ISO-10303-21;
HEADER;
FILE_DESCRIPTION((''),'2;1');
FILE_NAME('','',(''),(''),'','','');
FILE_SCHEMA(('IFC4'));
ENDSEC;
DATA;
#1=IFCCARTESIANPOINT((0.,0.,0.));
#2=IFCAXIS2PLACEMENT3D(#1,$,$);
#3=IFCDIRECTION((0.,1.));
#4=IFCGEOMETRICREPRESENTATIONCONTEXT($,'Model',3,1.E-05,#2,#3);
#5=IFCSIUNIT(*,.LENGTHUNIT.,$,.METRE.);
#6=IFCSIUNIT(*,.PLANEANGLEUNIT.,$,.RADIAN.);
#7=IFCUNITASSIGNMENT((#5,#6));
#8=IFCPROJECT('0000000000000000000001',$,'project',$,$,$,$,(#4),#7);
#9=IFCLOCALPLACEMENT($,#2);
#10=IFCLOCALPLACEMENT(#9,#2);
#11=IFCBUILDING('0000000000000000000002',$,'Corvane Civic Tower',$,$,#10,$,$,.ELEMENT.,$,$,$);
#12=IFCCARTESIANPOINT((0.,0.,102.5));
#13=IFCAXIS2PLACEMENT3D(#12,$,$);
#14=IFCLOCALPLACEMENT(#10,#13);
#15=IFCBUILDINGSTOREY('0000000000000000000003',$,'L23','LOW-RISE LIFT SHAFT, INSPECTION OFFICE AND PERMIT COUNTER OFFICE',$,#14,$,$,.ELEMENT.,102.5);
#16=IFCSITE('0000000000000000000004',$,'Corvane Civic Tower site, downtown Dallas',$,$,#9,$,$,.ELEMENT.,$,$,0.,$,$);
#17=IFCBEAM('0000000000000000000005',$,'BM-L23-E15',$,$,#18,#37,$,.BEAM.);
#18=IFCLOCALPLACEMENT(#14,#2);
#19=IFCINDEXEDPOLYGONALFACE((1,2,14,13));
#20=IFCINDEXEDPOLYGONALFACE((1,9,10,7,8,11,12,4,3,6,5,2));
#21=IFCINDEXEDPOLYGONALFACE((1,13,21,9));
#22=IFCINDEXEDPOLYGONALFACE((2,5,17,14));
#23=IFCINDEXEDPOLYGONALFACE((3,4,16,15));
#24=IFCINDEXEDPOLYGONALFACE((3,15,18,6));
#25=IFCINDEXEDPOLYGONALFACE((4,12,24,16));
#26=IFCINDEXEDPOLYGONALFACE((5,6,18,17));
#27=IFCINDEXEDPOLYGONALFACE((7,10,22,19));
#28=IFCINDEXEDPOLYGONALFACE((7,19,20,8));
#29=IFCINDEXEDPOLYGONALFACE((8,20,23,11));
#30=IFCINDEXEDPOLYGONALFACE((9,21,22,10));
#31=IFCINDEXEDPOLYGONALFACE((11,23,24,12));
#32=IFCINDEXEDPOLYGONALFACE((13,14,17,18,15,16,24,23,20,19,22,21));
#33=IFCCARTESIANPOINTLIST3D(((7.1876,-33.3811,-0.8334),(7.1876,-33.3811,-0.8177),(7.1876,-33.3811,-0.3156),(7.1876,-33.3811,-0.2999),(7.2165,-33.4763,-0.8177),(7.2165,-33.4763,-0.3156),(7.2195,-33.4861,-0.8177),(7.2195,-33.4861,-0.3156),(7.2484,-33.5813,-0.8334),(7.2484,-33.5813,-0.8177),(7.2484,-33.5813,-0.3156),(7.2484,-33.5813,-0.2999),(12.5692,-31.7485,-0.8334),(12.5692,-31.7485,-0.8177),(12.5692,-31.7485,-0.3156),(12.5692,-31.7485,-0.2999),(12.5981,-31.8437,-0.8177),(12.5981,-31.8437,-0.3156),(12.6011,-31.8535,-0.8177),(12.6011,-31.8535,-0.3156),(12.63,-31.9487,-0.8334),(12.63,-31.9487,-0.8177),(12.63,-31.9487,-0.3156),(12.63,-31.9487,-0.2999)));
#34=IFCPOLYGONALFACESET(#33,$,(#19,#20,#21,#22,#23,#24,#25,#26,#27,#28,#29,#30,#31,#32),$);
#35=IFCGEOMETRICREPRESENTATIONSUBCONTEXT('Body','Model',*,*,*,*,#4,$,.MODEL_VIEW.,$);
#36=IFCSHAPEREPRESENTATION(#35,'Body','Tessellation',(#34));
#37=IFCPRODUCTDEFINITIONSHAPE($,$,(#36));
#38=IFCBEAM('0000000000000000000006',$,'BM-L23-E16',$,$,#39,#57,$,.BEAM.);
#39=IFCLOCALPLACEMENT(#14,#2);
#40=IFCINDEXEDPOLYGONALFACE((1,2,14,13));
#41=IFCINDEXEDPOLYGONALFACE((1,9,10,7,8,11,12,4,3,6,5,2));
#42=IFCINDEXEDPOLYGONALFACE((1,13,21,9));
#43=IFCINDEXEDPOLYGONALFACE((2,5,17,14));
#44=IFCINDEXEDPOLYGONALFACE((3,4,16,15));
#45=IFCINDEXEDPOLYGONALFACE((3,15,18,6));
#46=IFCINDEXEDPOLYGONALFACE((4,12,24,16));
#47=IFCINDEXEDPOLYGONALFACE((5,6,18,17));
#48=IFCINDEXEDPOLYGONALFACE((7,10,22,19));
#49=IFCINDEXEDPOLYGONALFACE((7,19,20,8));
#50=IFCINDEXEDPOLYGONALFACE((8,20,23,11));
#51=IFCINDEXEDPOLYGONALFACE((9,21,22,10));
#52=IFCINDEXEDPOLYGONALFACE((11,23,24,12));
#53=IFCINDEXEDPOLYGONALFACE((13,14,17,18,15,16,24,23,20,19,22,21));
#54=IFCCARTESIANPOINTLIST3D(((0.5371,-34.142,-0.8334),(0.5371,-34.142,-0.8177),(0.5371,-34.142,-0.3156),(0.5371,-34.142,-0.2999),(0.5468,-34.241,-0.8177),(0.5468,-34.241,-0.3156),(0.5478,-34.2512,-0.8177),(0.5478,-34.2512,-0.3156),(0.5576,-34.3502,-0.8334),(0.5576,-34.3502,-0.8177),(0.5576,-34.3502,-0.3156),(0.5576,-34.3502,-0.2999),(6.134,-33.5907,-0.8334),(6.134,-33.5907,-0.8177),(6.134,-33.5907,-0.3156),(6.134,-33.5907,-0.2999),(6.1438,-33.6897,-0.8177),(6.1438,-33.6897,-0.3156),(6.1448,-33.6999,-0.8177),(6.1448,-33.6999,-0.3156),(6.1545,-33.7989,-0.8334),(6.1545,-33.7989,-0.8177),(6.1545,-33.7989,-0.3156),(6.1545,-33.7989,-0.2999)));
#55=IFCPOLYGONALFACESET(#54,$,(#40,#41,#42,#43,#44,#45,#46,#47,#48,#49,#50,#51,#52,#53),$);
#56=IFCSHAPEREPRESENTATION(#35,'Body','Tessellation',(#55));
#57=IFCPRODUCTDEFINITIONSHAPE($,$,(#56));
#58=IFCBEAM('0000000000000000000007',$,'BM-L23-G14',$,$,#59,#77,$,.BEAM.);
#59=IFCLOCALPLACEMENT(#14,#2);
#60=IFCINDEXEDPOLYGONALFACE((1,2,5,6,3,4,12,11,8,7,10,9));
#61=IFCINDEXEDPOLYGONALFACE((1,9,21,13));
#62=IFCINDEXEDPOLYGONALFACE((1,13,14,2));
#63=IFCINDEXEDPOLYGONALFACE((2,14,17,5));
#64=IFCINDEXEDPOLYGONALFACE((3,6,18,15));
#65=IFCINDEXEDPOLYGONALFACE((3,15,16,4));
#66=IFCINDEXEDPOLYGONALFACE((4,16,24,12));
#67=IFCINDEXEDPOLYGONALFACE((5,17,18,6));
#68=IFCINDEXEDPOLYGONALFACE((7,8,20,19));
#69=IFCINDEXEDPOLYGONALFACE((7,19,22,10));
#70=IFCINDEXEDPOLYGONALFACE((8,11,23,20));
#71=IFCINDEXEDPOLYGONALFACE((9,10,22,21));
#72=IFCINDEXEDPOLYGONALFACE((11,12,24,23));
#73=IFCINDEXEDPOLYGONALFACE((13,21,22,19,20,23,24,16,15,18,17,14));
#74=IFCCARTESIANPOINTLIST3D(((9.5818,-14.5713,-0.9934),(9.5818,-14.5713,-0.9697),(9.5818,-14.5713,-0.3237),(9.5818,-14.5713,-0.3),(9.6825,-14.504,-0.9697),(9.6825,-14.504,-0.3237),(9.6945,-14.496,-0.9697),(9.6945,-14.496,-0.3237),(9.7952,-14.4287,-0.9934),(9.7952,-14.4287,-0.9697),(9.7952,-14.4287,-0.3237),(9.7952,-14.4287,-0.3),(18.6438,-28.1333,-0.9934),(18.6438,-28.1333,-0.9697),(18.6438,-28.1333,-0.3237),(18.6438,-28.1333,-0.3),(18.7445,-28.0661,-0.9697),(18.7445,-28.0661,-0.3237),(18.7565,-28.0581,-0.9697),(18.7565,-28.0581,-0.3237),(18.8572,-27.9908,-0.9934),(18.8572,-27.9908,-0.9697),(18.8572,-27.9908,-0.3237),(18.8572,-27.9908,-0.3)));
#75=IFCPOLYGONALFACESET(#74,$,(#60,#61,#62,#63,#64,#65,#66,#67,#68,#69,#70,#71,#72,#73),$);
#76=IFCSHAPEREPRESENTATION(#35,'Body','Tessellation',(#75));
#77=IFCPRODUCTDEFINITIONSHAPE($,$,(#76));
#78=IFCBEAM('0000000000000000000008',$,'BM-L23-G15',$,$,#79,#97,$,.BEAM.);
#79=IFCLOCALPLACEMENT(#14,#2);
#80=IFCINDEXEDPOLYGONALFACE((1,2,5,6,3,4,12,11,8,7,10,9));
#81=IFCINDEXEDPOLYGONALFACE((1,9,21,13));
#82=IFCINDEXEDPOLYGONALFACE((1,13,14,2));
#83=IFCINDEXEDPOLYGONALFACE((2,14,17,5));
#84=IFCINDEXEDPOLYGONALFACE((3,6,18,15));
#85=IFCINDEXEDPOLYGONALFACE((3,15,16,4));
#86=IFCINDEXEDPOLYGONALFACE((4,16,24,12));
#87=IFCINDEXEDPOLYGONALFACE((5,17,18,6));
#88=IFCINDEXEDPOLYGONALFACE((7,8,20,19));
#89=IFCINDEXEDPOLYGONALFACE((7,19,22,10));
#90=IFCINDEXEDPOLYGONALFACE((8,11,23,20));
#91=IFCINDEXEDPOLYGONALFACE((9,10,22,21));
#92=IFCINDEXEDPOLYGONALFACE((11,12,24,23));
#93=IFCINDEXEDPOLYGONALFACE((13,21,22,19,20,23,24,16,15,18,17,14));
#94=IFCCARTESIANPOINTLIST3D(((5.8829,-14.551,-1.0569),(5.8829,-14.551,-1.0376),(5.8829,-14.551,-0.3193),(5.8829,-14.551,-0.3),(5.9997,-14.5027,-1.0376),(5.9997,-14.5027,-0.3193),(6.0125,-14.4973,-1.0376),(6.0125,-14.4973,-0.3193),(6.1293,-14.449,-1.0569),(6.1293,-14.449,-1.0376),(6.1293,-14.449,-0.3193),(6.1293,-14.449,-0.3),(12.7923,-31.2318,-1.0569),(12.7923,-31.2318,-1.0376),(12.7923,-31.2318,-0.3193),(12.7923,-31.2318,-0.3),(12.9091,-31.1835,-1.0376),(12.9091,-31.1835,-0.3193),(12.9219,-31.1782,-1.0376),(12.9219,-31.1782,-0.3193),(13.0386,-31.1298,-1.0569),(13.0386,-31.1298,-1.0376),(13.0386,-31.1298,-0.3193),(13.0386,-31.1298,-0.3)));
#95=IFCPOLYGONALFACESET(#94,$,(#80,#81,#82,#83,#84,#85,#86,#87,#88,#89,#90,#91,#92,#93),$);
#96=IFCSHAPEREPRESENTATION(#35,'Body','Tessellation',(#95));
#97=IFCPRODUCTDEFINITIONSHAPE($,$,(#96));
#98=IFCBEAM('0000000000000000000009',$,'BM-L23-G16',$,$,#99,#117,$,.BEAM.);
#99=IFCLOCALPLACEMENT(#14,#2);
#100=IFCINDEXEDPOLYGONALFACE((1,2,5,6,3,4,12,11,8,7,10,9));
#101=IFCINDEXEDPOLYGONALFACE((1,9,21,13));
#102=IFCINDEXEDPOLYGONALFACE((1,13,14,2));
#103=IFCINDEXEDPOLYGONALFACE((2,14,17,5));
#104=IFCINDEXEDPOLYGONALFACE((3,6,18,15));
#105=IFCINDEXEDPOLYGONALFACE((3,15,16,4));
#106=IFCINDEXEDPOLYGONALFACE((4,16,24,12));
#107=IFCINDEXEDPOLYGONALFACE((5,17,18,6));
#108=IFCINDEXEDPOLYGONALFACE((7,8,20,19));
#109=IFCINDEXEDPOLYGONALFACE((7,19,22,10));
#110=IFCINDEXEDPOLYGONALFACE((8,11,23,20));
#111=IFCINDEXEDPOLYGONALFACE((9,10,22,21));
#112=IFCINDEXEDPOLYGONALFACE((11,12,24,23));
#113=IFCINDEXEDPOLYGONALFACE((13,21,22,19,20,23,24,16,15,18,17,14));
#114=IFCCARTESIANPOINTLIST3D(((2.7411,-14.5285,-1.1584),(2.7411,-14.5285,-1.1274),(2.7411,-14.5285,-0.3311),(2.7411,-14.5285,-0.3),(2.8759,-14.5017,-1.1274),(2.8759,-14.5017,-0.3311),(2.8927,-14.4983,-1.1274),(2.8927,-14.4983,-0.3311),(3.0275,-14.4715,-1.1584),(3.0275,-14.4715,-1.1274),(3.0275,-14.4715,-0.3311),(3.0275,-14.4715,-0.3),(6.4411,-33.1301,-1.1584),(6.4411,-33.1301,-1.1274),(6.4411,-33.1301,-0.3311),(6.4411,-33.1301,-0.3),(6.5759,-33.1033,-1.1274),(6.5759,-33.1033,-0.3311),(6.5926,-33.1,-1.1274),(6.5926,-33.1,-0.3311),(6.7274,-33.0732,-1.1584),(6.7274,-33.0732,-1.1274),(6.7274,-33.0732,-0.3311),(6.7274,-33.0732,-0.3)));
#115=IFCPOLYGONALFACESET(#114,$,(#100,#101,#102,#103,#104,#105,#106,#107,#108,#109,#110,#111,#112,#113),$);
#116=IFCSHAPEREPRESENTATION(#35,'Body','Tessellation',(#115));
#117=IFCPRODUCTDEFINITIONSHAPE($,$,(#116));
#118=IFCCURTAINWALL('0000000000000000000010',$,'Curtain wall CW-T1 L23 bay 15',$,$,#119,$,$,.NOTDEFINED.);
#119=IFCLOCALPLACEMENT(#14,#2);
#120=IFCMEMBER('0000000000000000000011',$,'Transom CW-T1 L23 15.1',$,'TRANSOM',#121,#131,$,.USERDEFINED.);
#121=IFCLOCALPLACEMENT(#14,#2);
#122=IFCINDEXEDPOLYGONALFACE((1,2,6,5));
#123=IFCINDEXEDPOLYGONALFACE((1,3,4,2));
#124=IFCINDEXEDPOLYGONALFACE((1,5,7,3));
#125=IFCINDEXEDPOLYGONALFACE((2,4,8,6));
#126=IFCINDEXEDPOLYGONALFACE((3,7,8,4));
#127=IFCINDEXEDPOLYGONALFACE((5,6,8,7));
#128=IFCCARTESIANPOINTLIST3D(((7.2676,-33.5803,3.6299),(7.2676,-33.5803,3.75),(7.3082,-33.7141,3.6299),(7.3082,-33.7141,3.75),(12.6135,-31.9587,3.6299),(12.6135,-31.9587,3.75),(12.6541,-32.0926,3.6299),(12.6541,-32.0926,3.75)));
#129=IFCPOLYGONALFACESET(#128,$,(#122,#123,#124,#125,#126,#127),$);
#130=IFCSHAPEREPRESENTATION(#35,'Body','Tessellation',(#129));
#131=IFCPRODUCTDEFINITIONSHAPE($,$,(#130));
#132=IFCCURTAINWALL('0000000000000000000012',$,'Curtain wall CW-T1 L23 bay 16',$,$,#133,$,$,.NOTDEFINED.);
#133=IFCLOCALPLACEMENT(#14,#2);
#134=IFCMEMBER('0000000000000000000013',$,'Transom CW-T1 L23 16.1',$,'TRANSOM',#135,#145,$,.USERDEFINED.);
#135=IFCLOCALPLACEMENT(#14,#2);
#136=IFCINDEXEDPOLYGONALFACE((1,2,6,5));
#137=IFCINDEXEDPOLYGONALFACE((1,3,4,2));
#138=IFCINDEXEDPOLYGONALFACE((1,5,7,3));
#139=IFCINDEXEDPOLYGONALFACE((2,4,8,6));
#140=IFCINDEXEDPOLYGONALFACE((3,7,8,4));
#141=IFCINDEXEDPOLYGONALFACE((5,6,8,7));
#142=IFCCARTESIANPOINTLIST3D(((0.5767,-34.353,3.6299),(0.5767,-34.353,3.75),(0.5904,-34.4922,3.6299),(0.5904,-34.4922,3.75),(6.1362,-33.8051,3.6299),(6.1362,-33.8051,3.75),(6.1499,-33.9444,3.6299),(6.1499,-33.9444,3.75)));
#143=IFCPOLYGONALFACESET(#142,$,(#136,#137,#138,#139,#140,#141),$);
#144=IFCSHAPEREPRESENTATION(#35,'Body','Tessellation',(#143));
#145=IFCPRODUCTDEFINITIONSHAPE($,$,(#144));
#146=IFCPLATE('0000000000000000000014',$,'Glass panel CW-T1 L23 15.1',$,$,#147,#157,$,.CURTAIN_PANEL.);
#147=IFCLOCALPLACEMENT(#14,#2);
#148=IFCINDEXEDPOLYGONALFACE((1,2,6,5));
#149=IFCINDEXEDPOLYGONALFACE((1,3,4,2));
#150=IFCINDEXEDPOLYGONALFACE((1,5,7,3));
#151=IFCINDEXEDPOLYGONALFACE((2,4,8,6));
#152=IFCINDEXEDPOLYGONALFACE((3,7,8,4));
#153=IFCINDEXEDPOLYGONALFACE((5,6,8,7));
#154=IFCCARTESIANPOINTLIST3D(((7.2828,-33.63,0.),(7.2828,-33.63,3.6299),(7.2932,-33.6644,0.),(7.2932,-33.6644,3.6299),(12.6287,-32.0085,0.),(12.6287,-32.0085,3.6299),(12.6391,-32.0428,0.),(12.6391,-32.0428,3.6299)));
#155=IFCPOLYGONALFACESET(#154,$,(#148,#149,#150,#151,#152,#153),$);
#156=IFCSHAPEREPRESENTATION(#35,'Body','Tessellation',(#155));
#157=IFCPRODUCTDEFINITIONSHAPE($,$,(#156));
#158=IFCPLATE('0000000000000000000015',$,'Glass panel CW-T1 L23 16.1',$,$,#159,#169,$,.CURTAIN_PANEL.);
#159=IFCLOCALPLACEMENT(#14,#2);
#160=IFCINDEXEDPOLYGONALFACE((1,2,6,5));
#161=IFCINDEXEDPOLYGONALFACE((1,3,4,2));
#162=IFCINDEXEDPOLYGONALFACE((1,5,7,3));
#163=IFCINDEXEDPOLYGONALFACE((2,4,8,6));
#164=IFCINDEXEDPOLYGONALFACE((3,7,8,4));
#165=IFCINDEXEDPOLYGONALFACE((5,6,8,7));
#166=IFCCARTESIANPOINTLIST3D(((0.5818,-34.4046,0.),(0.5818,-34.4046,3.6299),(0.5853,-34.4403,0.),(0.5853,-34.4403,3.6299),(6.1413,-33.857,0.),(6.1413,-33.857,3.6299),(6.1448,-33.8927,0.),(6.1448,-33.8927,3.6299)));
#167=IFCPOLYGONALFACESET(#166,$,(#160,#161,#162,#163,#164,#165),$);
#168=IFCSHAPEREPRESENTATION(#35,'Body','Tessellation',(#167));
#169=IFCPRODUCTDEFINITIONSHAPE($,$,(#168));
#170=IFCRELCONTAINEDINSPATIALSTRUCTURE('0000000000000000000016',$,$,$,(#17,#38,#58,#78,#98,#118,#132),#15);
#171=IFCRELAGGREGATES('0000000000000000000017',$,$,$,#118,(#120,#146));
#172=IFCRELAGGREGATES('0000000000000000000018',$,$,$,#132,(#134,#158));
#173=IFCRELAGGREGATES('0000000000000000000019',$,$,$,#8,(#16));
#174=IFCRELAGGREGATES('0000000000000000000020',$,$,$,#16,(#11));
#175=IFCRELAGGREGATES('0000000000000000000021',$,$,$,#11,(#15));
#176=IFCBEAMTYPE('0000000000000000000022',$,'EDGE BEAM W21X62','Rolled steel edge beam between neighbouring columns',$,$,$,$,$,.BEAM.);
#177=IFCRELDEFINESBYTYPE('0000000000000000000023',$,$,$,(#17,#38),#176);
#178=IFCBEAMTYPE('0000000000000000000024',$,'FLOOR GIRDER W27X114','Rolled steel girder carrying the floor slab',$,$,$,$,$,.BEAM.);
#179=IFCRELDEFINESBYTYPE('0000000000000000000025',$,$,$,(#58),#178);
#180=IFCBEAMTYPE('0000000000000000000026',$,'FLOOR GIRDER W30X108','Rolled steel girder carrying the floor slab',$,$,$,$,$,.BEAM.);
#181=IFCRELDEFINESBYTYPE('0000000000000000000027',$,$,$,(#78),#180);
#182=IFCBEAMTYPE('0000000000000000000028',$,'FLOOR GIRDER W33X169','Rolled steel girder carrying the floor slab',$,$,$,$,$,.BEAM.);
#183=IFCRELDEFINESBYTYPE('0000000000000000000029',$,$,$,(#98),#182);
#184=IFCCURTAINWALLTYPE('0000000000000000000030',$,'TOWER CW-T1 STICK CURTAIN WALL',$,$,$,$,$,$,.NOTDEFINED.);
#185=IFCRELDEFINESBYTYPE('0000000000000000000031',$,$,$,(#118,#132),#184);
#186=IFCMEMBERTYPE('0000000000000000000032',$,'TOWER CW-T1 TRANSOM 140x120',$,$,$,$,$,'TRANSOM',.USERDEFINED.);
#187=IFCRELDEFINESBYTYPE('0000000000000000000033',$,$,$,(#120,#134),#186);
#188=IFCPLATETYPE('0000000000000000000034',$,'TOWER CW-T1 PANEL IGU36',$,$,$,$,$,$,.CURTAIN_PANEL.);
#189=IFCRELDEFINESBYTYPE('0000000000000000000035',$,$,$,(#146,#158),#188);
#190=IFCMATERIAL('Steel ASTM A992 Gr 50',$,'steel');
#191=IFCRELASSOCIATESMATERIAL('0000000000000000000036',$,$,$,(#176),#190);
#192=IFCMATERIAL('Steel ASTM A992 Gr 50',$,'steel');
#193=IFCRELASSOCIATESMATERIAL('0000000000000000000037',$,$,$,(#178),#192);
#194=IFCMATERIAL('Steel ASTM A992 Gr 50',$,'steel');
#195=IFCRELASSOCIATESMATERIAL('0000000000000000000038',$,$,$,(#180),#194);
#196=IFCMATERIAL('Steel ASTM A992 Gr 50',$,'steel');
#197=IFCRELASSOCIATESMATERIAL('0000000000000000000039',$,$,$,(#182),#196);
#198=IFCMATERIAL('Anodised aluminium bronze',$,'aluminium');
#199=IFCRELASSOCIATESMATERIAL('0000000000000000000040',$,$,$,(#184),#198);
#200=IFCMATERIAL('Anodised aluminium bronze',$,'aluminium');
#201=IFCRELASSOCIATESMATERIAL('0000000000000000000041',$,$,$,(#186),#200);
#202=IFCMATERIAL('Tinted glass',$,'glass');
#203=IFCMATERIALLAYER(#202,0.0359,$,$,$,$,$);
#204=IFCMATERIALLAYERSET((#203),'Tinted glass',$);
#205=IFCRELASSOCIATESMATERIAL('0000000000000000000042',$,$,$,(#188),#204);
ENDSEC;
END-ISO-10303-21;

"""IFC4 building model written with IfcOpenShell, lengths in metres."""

from ifc_helpers import new_model, si_unit, direction, frame, origin, origin_2d, place, context, subcontext, project, spatial, rectangle, i_section, extrude, material, layer, layer_set, material_profile, profile_set, type_object, element, aggregate, save


model = new_model("IFC4")

# Units and contexts
model_context = context("Model", 3, precision=1e-05, world=origin(), true_north=direction((0.0, 1.0)))
body_context = subcontext(model_context, "Body", "Model", "MODEL_VIEW")
ifc_project = project(units=[si_unit("LENGTHUNIT", "METRE"), si_unit("PLANEANGLEUNIT", "RADIAN")], contexts=[model_context])

# Site, building, storey
site_placement = place(None, origin())
site = spatial("IfcSite", under=ifc_project, at=site_placement, Name="Corvane Civic Tower site, downtown Dallas", CompositionType="ELEMENT", RefElevation=0.0)
building_placement = place(site_placement, origin())
building = spatial("IfcBuilding", under=site, at=building_placement, Name="Corvane Civic Tower", CompositionType="ELEMENT")
storey_placement = place(building_placement, frame((0.0, 0.0, 102.5)))
storey = spatial("IfcBuildingStorey", under=building, at=storey_placement, Name="L23", Description="LOW-RISE LIFT SHAFT, INSPECTION OFFICE AND PERMIT COUNTER OFFICE", CompositionType="ELEMENT", Elevation=102.5)

# Beams
ifc_material_1 = material(Name="Steel ASTM A992 Gr 50", Category="steel")
ifc_material_profile_1 = material_profile(ifc_material_1, i_section(OverallWidth=0.2092, OverallDepth=0.5334, WebThickness=0.0103, FlangeThickness=0.0156, at=origin_2d()), Name="W21X62")
ifc_profile_set_1 = profile_set([ifc_material_profile_1], Name="Steel ASTM A992 Gr 50")
beam_type_1 = type_object("IfcBeamType", Name="EDGE BEAM W21X62", Description="Rolled steel edge beam between neighbouring columns", PredefinedType="BEAM", material=ifc_profile_set_1)
beam_1_placement = place(storey_placement, frame((12.5996, -31.8486, -0.5667), z_axis=(-0.956936, -0.290298, 0.0), x_axis=(0.290298, -0.956936, 0.0)))
element("IfcBeam", 1, at=beam_1_placement, inside=storey, type_object=beam_type_1, Name="BM-L23-E15", PredefinedType="BEAM", context=body_context, shape_type="SweptSolid", body=[
    extrude(i_section(OverallWidth=0.2092, OverallDepth=0.5334, WebThickness=0.0103, FlangeThickness=0.0156, at=origin_2d()), origin(), (0.0, 0.0, 1.0), 5.6238),
])
beam_2_placement = place(storey_placement, frame((6.1443, -33.6948, -0.5667), z_axis=(-0.995184, -0.098021, 0.0), x_axis=(0.098021, -0.995184, 0.0)))
element("IfcBeam", 2, at=beam_2_placement, inside=storey, type_object=beam_type_1, Name="BM-L23-E16", PredefinedType="BEAM", context=body_context, shape_type="SweptSolid", body=[
    extrude(i_section(OverallWidth=0.2092, OverallDepth=0.5334, WebThickness=0.0103, FlangeThickness=0.0156, at=origin_2d()), origin(), (0.0, 0.0, 1.0), 5.624),
])
ifc_material_2 = material(Name="Steel ASTM A992 Gr 50", Category="steel")
ifc_material_profile_2 = material_profile(ifc_material_2, i_section(OverallWidth=0.2566, OverallDepth=0.6934, WebThickness=0.0144, FlangeThickness=0.0237, at=origin_2d()), Name="W27X114")
ifc_profile_set_2 = profile_set([ifc_material_profile_2], Name="Steel ASTM A992 Gr 50")
beam_type_2 = type_object("IfcBeamType", Name="FLOOR GIRDER W27X114", Description="Rolled steel girder carrying the floor slab", PredefinedType="BEAM", material=ifc_profile_set_2)
beam_3_placement = place(storey_placement, frame((9.6885, -14.5, -0.6467), z_axis=(0.555577, -0.831465, 0.0), x_axis=(0.831465, 0.555577, 0.0)))
element("IfcBeam", 3, at=beam_3_placement, inside=storey, type_object=beam_type_2, Name="BM-L23-G14", PredefinedType="BEAM", context=body_context, shape_type="SweptSolid", body=[
    extrude(i_section(OverallWidth=0.2566, OverallDepth=0.6934, WebThickness=0.0144, FlangeThickness=0.0237, at=origin_2d()), origin(), (0.0, 0.0, 1.0), 16.311),
])
ifc_material_3 = material(Name="Steel ASTM A992 Gr 50", Category="steel")
ifc_material_profile_3 = material_profile(ifc_material_3, i_section(OverallWidth=0.2666, OverallDepth=0.7568, WebThickness=0.0139, FlangeThickness=0.0193, at=origin_2d()), Name="W30X108")
ifc_profile_set_3 = profile_set([ifc_material_profile_3], Name="Steel ASTM A992 Gr 50")
beam_type_3 = type_object("IfcBeamType", Name="FLOOR GIRDER W30X108", Description="Rolled steel girder carrying the floor slab", PredefinedType="BEAM", material=ifc_profile_set_3)
beam_4_placement = place(storey_placement, frame((6.0061, -14.5, -0.6785), z_axis=(0.382682, -0.92388, 0.0), x_axis=(0.92388, 0.382682, 0.0)))
element("IfcBeam", 4, at=beam_4_placement, inside=storey, type_object=beam_type_3, Name="BM-L23-G15", PredefinedType="BEAM", context=body_context, shape_type="SweptSolid", body=[
    extrude(i_section(OverallWidth=0.2666, OverallDepth=0.7568, WebThickness=0.0139, FlangeThickness=0.0193, at=origin_2d()), origin(), (0.0, 0.0, 1.0), 18.0552),
])
ifc_material_4 = material(Name="Steel ASTM A992 Gr 50", Category="steel")
ifc_material_profile_4 = material_profile(ifc_material_4, i_section(OverallWidth=0.292, OverallDepth=0.8584, WebThickness=0.0171, FlangeThickness=0.031, at=origin_2d()), Name="W33X169")
ifc_profile_set_4 = profile_set([ifc_material_profile_4], Name="Steel ASTM A992 Gr 50")
beam_type_4 = type_object("IfcBeamType", Name="FLOOR GIRDER W33X169", Description="Rolled steel girder carrying the floor slab", PredefinedType="BEAM", material=ifc_profile_set_4)
beam_5_placement = place(storey_placement, frame((2.8843, -14.5, -0.7292), z_axis=(0.195084, -0.980787, 0.0), x_axis=(0.980787, 0.195084, 0.0)))
element("IfcBeam", 5, at=beam_5_placement, inside=storey, type_object=beam_type_4, Name="BM-L23-G16", PredefinedType="BEAM", context=body_context, shape_type="SweptSolid", body=[
    extrude(i_section(OverallWidth=0.292, OverallDepth=0.8584, WebThickness=0.0171, FlangeThickness=0.031, at=origin_2d()), origin(), (0.0, 0.0, 1.0), 18.9661),
])

# Curtain walls, members
ifc_material_5 = material(Name="Anodised aluminium bronze", Category="aluminium")
curtain_wall_type = type_object("IfcCurtainWallType", Name="TOWER CW-T1 STICK CURTAIN WALL", PredefinedType="NOTDEFINED", material=ifc_material_5)
curtain_wall_1_placement = place(storey_placement, origin())
curtain_wall_1 = element("IfcCurtainWall", 6, at=curtain_wall_1_placement, inside=storey, type_object=curtain_wall_type, Name="Curtain wall CW-T1 L23 bay 15", PredefinedType="NOTDEFINED")
ifc_material_6 = material(Name="Anodised aluminium bronze", Category="aluminium")
ifc_material_profile_5 = material_profile(ifc_material_6, rectangle(XDim=0.1399, YDim=0.1201, at=origin_2d()), Name="TOWER CW-T1 TRANSOM 140x120")
ifc_profile_set_5 = profile_set([ifc_material_profile_5], Name="Anodised aluminium bronze")
member_type = type_object("IfcMemberType", Name="TOWER CW-T1 TRANSOM 140x120", ElementType="TRANSOM", PredefinedType="USERDEFINED", material=ifc_profile_set_5)
member_1_placement = place(storey_placement, frame((12.6338, -32.0256, 3.6899), z_axis=(-0.956945, -0.290269, 0.0), x_axis=(0.290269, -0.956945, 0.0)))
member_1 = element("IfcMember", 7, at=member_1_placement, type_object=member_type, Name="Transom CW-T1 L23 15.1", ObjectType="TRANSOM", PredefinedType="USERDEFINED", context=body_context, shape_type="SweptSolid", body=[
    extrude(rectangle(XDim=0.1399, YDim=0.1201, at=origin_2d()), origin(), (0.0, 0.0, 1.0), 5.5864),
])
curtain_wall_2_placement = place(storey_placement, origin())
curtain_wall_2 = element("IfcCurtainWall", 8, at=curtain_wall_2_placement, inside=storey, type_object=curtain_wall_type, Name="Curtain wall CW-T1 L23 bay 16", PredefinedType="NOTDEFINED")
member_2_placement = place(storey_placement, frame((6.1431, -33.8748, 3.6899), z_axis=(-0.99518, -0.098067, 0.0), x_axis=(0.098067, -0.99518, 0.0)))
member_2 = element("IfcMember", 9, at=member_2_placement, type_object=member_type, Name="Transom CW-T1 L23 16.1", ObjectType="TRANSOM", PredefinedType="USERDEFINED", context=body_context, shape_type="SweptSolid", body=[
    extrude(rectangle(XDim=0.1399, YDim=0.1201, at=origin_2d()), origin(), (0.0, 0.0, 1.0), 5.5864),
])

# Plates
ifc_material_7 = material(Name="Tinted glass", Category="glass")
ifc_layer_1 = layer(ifc_material_7, 0.0359)
ifc_layer_set_1 = layer_set([ifc_layer_1], Name="Tinted glass")
plate_type = type_object("IfcPlateType", Name="TOWER CW-T1 PANEL IGU36", PredefinedType="CURTAIN_PANEL", material=ifc_layer_set_1)
plate_1_placement = place(storey_placement, frame((9.9609, -32.8364, 0.0), z_axis=(0.0, 0.0, 1.0), x_axis=(-0.956946, -0.290266, 0.0)))
plate_1 = element("IfcPlate", 10, at=plate_1_placement, type_object=plate_type, Name="Glass panel CW-T1 L23 15.1", PredefinedType="CURTAIN_PANEL", context=body_context, shape_type="SweptSolid", body=[
    extrude(rectangle(XDim=5.5864, YDim=0.0359, at=origin_2d()), origin(), (0.0, 0.0, 1.0), 3.6299),
])
aggregate(curtain_wall_1, [member_1, plate_1])
plate_2_placement = place(storey_placement, frame((3.3633, -34.1487, 0.0), z_axis=(0.0, 0.0, 1.0), x_axis=(-0.995184, -0.098027, 0.0)))
plate_2 = element("IfcPlate", 11, at=plate_2_placement, type_object=plate_type, Name="Glass panel CW-T1 L23 16.1", PredefinedType="CURTAIN_PANEL", context=body_context, shape_type="SweptSolid", body=[
    extrude(rectangle(XDim=5.5864, YDim=0.0359, at=origin_2d()), origin(), (0.0, 0.0, 1.0), 3.6299),
])
aggregate(curtain_wall_2, [member_2, plate_2])

save(model, "model.ifc")
